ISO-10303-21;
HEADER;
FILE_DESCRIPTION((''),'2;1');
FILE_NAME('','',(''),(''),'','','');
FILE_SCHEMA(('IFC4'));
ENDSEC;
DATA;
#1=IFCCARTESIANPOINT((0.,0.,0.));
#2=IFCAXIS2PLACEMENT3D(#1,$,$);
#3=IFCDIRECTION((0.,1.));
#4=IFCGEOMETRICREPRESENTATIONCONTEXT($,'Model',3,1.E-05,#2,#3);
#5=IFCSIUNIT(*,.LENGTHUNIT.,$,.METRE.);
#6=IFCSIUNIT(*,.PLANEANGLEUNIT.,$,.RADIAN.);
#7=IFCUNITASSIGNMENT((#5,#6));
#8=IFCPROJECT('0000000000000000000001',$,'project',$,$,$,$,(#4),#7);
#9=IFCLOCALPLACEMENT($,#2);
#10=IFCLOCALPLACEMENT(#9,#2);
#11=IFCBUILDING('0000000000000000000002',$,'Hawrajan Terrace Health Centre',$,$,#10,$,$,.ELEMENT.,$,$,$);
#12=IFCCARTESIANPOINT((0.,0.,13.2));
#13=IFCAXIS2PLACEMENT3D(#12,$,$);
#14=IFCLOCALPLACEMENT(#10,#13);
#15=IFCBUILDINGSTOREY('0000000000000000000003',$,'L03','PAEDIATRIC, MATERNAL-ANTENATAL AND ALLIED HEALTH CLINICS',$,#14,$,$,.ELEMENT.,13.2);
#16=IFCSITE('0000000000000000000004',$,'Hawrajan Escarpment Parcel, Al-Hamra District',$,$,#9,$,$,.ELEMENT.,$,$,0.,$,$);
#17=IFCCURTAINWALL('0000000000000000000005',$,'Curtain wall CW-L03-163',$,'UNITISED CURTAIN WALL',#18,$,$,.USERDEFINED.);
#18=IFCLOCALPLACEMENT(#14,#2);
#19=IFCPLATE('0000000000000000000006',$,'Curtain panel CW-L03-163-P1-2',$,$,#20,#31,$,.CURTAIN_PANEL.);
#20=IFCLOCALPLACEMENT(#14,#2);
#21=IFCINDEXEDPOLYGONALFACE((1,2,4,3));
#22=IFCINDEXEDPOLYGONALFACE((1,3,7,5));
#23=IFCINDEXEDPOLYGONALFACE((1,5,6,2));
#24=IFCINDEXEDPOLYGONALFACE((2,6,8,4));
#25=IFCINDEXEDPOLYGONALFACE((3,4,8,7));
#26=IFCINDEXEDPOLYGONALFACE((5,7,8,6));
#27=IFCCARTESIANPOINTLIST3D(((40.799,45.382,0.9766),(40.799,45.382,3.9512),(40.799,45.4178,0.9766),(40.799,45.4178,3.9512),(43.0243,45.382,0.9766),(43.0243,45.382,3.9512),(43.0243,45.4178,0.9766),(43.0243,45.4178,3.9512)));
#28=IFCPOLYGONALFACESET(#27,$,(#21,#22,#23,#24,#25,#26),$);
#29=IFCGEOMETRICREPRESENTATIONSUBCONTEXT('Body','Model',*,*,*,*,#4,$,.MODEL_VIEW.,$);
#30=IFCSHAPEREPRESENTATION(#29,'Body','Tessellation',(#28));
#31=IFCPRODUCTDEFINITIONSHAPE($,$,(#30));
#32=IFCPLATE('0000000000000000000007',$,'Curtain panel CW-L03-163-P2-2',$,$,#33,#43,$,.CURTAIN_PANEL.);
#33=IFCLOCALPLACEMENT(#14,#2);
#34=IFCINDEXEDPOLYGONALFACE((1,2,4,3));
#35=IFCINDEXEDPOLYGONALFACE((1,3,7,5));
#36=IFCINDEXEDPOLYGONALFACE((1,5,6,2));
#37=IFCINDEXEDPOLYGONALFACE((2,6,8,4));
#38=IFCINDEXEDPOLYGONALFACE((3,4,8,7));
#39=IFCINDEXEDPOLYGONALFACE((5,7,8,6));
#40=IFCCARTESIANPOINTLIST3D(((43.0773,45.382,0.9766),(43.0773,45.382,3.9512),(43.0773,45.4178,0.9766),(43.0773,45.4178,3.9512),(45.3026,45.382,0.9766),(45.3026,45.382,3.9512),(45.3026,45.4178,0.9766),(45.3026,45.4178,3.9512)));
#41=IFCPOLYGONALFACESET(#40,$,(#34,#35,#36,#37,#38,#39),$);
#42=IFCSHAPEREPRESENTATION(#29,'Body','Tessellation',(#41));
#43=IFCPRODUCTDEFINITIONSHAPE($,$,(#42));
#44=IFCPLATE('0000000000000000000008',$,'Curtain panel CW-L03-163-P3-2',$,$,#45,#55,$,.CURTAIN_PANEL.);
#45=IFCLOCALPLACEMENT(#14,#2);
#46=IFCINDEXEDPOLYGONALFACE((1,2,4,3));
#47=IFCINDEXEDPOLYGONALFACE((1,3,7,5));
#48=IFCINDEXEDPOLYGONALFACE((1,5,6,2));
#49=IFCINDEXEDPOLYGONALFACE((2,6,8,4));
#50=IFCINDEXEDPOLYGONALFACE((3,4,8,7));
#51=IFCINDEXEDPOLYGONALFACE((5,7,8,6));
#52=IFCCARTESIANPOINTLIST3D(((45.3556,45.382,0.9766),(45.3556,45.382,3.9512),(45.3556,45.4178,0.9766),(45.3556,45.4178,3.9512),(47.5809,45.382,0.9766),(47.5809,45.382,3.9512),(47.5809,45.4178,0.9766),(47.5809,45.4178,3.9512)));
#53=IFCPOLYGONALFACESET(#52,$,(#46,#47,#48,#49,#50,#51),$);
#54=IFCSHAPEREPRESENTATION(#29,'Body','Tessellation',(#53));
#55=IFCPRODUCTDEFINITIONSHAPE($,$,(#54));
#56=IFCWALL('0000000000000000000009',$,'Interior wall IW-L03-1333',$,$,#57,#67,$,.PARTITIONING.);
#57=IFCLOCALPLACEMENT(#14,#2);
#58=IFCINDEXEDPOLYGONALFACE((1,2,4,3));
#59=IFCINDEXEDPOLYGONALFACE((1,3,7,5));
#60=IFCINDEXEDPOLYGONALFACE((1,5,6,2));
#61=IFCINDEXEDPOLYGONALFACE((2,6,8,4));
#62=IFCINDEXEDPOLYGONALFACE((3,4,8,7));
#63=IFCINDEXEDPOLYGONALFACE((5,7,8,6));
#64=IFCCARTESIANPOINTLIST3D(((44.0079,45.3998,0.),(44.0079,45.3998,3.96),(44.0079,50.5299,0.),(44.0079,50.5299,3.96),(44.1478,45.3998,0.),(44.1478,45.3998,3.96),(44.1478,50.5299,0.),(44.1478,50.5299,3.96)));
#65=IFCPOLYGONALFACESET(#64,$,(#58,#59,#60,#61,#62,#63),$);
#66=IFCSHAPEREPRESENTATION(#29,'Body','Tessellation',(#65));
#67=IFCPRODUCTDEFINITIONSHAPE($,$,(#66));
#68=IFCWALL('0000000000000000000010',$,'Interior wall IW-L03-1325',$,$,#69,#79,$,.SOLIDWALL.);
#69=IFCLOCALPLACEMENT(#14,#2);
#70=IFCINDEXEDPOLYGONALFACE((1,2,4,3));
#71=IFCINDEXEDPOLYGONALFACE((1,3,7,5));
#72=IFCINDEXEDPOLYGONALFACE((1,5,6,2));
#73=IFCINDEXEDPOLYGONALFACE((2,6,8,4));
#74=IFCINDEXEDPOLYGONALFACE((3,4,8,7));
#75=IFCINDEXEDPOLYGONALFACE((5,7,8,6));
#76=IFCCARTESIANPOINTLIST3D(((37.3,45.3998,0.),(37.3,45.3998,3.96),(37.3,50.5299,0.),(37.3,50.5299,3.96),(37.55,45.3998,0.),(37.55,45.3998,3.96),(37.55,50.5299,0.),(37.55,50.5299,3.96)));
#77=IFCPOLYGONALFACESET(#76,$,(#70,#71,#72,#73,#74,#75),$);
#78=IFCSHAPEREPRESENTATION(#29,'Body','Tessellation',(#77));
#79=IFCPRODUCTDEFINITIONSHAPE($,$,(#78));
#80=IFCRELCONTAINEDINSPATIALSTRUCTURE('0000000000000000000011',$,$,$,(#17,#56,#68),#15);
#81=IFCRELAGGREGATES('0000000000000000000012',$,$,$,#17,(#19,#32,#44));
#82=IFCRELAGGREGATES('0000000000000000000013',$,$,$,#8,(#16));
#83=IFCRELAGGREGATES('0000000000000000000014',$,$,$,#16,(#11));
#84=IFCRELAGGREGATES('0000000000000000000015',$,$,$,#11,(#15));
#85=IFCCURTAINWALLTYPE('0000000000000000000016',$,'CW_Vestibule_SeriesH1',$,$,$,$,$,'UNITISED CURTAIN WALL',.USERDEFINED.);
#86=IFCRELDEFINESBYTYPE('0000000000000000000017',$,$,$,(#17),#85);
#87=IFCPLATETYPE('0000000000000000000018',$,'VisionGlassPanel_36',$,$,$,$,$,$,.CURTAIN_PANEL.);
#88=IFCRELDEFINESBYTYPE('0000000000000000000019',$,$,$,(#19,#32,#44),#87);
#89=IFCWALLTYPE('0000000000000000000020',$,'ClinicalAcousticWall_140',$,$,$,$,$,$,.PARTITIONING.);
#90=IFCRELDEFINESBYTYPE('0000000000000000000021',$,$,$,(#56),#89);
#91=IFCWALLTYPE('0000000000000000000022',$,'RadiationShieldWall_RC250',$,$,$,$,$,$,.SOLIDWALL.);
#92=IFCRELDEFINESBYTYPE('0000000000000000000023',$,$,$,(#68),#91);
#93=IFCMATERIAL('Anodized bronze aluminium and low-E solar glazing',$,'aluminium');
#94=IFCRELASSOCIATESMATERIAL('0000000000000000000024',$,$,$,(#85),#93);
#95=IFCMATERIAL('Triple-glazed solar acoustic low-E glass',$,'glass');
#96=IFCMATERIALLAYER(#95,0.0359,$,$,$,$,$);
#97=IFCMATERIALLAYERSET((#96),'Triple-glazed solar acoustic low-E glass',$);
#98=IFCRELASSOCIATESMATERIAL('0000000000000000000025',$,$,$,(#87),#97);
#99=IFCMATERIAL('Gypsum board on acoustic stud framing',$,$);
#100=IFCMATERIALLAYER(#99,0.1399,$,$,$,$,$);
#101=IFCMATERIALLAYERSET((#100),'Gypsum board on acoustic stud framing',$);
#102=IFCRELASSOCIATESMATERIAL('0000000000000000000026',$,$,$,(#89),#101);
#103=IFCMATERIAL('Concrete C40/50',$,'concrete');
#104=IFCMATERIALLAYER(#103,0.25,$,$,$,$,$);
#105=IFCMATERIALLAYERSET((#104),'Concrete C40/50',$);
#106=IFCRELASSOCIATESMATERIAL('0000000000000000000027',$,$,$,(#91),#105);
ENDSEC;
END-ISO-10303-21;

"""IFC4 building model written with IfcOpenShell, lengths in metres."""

from ifc_helpers import new_model, si_unit, direction, frame, frame_2d, origin, origin_2d, place, context, subcontext, project, spatial, rectangle, extrude, material, layer, layer_set, type_object, element, aggregate, save


model = new_model("IFC4")

# Units and contexts
model_context = context("Model", 3, precision=1e-05, world=origin(), true_north=direction((0.0, 1.0)))
body_context = subcontext(model_context, "Body", "Model", "MODEL_VIEW")
ifc_project = project(units=[si_unit("LENGTHUNIT", "METRE"), si_unit("PLANEANGLEUNIT", "RADIAN")], contexts=[model_context])

# Site, building, storey
site_placement = place(None, origin())
site = spatial("IfcSite", under=ifc_project, at=site_placement, Name="Hawrajan Escarpment Parcel, Al-Hamra District", CompositionType="ELEMENT", RefElevation=0.0)
building_placement = place(site_placement, origin())
building = spatial("IfcBuilding", under=site, at=building_placement, Name="Hawrajan Terrace Health Centre", CompositionType="ELEMENT")
storey_placement = place(building_placement, frame((0.0, 0.0, 13.2)))
storey = spatial("IfcBuildingStorey", under=building, at=storey_placement, Name="L03", Description="PAEDIATRIC, MATERNAL-ANTENATAL AND ALLIED HEALTH CLINICS", CompositionType="ELEMENT", Elevation=13.2)

# Shared definitions
ifc_material_1 = material(Name="Anodized bronze aluminium and low-E solar glazing", Category="aluminium")

# Curtain wall
curtain_wall_type_1 = type_object("IfcCurtainWallType", Name="CW_Vestibule_SeriesH1", ElementType="UNITISED CURTAIN WALL", PredefinedType="USERDEFINED", material=ifc_material_1)
curtain_wall_1_placement = place(storey_placement, origin())
curtain_wall_1 = element("IfcCurtainWall", 1, at=curtain_wall_1_placement, inside=storey, type_object=curtain_wall_type_1, Name="Curtain wall CW-L03-163", ObjectType="UNITISED CURTAIN WALL", PredefinedType="USERDEFINED")

# Plates
ifc_material_2 = material(Name="Triple-glazed solar acoustic low-E glass", Category="glass")
ifc_layer_1 = layer(ifc_material_2, 0.0359)
ifc_layer_set_1 = layer_set([ifc_layer_1], Name="Triple-glazed solar acoustic low-E glass")
plate_type_1 = type_object("IfcPlateType", Name="VisionGlassPanel_36", PredefinedType="CURTAIN_PANEL", material=ifc_layer_set_1)
plate_1_placement = place(storey_placement, frame((41.9116, 45.3999, 0.9766), z_axis=(0.0, 0.0, 1.0), x_axis=(1.0, 0.0, 0.0)))
plate_1 = element("IfcPlate", 2, at=plate_1_placement, type_object=plate_type_1, Name="Curtain panel CW-L03-163-P1-2", PredefinedType="CURTAIN_PANEL", context=body_context, shape_type="SweptSolid", body=[
    extrude(rectangle(XDim=2.2253, YDim=0.0359, at=origin_2d()), origin(), (0.0, 0.0, 1.0), 2.9746),
])
plate_2_placement = place(storey_placement, frame((44.1899, 45.3999, 0.9766), z_axis=(0.0, 0.0, 1.0), x_axis=(1.0, 0.0, 0.0)))
plate_2 = element("IfcPlate", 3, at=plate_2_placement, type_object=plate_type_1, Name="Curtain panel CW-L03-163-P2-2", PredefinedType="CURTAIN_PANEL", context=body_context, shape_type="SweptSolid", body=[
    extrude(rectangle(XDim=2.2253, YDim=0.0359, at=origin_2d()), origin(), (0.0, 0.0, 1.0), 2.9746),
])
plate_3_placement = place(storey_placement, frame((46.4683, 45.3999, 0.9766), z_axis=(0.0, 0.0, 1.0), x_axis=(1.0, 0.0, 0.0)))
plate_3 = element("IfcPlate", 4, at=plate_3_placement, type_object=plate_type_1, Name="Curtain panel CW-L03-163-P3-2", PredefinedType="CURTAIN_PANEL", context=body_context, shape_type="SweptSolid", body=[
    extrude(rectangle(XDim=2.2253, YDim=0.0359, at=origin_2d()), origin(), (0.0, 0.0, 1.0), 2.9746),
])
aggregate(curtain_wall_1, [plate_1, plate_2, plate_3])

# Walls
ifc_material_3 = material(Name="Gypsum board on acoustic stud framing")
ifc_layer_2 = layer(ifc_material_3, 0.1399)
ifc_layer_set_2 = layer_set([ifc_layer_2], Name="Gypsum board on acoustic stud framing")
wall_type_1 = type_object("IfcWallType", Name="ClinicalAcousticWall_140", PredefinedType="PARTITIONING", material=ifc_layer_set_2)
wall_1_placement = place(storey_placement, frame((44.0779, 45.3999, 0.0), z_axis=(0.0, 0.0, 1.0), x_axis=(0.0, 1.0, 0.0)))
element("IfcWall", 5, at=wall_1_placement, inside=storey, type_object=wall_type_1, Name="Interior wall IW-L03-1333", PredefinedType="PARTITIONING", context=body_context, shape_type="SweptSolid", body=[
    extrude(rectangle(XDim=5.1301, YDim=0.1399, at=frame_2d((2.5649, 0.0))), origin(), (0.0, 0.0, 1.0), 3.96),
])
ifc_material_4 = material(Name="Concrete C40/50", Category="concrete")
ifc_layer_3 = layer(ifc_material_4, 0.25)
ifc_layer_set_3 = layer_set([ifc_layer_3], Name="Concrete C40/50")
wall_type_2 = type_object("IfcWallType", Name="RadiationShieldWall_RC250", PredefinedType="SOLIDWALL", material=ifc_layer_set_3)
wall_2_placement = place(storey_placement, frame((37.425, 45.3999, 0.0), z_axis=(0.0, 0.0, 1.0), x_axis=(0.0, 1.0, 0.0)))
element("IfcWall", 6, at=wall_2_placement, inside=storey, type_object=wall_type_2, Name="Interior wall IW-L03-1325", PredefinedType="SOLIDWALL", context=body_context, shape_type="SweptSolid", body=[
    extrude(rectangle(XDim=5.1301, YDim=0.25, at=frame_2d((2.5649, 0.0))), origin(), (0.0, 0.0, 1.0), 3.96),
])

save(model, "model.ifc")
